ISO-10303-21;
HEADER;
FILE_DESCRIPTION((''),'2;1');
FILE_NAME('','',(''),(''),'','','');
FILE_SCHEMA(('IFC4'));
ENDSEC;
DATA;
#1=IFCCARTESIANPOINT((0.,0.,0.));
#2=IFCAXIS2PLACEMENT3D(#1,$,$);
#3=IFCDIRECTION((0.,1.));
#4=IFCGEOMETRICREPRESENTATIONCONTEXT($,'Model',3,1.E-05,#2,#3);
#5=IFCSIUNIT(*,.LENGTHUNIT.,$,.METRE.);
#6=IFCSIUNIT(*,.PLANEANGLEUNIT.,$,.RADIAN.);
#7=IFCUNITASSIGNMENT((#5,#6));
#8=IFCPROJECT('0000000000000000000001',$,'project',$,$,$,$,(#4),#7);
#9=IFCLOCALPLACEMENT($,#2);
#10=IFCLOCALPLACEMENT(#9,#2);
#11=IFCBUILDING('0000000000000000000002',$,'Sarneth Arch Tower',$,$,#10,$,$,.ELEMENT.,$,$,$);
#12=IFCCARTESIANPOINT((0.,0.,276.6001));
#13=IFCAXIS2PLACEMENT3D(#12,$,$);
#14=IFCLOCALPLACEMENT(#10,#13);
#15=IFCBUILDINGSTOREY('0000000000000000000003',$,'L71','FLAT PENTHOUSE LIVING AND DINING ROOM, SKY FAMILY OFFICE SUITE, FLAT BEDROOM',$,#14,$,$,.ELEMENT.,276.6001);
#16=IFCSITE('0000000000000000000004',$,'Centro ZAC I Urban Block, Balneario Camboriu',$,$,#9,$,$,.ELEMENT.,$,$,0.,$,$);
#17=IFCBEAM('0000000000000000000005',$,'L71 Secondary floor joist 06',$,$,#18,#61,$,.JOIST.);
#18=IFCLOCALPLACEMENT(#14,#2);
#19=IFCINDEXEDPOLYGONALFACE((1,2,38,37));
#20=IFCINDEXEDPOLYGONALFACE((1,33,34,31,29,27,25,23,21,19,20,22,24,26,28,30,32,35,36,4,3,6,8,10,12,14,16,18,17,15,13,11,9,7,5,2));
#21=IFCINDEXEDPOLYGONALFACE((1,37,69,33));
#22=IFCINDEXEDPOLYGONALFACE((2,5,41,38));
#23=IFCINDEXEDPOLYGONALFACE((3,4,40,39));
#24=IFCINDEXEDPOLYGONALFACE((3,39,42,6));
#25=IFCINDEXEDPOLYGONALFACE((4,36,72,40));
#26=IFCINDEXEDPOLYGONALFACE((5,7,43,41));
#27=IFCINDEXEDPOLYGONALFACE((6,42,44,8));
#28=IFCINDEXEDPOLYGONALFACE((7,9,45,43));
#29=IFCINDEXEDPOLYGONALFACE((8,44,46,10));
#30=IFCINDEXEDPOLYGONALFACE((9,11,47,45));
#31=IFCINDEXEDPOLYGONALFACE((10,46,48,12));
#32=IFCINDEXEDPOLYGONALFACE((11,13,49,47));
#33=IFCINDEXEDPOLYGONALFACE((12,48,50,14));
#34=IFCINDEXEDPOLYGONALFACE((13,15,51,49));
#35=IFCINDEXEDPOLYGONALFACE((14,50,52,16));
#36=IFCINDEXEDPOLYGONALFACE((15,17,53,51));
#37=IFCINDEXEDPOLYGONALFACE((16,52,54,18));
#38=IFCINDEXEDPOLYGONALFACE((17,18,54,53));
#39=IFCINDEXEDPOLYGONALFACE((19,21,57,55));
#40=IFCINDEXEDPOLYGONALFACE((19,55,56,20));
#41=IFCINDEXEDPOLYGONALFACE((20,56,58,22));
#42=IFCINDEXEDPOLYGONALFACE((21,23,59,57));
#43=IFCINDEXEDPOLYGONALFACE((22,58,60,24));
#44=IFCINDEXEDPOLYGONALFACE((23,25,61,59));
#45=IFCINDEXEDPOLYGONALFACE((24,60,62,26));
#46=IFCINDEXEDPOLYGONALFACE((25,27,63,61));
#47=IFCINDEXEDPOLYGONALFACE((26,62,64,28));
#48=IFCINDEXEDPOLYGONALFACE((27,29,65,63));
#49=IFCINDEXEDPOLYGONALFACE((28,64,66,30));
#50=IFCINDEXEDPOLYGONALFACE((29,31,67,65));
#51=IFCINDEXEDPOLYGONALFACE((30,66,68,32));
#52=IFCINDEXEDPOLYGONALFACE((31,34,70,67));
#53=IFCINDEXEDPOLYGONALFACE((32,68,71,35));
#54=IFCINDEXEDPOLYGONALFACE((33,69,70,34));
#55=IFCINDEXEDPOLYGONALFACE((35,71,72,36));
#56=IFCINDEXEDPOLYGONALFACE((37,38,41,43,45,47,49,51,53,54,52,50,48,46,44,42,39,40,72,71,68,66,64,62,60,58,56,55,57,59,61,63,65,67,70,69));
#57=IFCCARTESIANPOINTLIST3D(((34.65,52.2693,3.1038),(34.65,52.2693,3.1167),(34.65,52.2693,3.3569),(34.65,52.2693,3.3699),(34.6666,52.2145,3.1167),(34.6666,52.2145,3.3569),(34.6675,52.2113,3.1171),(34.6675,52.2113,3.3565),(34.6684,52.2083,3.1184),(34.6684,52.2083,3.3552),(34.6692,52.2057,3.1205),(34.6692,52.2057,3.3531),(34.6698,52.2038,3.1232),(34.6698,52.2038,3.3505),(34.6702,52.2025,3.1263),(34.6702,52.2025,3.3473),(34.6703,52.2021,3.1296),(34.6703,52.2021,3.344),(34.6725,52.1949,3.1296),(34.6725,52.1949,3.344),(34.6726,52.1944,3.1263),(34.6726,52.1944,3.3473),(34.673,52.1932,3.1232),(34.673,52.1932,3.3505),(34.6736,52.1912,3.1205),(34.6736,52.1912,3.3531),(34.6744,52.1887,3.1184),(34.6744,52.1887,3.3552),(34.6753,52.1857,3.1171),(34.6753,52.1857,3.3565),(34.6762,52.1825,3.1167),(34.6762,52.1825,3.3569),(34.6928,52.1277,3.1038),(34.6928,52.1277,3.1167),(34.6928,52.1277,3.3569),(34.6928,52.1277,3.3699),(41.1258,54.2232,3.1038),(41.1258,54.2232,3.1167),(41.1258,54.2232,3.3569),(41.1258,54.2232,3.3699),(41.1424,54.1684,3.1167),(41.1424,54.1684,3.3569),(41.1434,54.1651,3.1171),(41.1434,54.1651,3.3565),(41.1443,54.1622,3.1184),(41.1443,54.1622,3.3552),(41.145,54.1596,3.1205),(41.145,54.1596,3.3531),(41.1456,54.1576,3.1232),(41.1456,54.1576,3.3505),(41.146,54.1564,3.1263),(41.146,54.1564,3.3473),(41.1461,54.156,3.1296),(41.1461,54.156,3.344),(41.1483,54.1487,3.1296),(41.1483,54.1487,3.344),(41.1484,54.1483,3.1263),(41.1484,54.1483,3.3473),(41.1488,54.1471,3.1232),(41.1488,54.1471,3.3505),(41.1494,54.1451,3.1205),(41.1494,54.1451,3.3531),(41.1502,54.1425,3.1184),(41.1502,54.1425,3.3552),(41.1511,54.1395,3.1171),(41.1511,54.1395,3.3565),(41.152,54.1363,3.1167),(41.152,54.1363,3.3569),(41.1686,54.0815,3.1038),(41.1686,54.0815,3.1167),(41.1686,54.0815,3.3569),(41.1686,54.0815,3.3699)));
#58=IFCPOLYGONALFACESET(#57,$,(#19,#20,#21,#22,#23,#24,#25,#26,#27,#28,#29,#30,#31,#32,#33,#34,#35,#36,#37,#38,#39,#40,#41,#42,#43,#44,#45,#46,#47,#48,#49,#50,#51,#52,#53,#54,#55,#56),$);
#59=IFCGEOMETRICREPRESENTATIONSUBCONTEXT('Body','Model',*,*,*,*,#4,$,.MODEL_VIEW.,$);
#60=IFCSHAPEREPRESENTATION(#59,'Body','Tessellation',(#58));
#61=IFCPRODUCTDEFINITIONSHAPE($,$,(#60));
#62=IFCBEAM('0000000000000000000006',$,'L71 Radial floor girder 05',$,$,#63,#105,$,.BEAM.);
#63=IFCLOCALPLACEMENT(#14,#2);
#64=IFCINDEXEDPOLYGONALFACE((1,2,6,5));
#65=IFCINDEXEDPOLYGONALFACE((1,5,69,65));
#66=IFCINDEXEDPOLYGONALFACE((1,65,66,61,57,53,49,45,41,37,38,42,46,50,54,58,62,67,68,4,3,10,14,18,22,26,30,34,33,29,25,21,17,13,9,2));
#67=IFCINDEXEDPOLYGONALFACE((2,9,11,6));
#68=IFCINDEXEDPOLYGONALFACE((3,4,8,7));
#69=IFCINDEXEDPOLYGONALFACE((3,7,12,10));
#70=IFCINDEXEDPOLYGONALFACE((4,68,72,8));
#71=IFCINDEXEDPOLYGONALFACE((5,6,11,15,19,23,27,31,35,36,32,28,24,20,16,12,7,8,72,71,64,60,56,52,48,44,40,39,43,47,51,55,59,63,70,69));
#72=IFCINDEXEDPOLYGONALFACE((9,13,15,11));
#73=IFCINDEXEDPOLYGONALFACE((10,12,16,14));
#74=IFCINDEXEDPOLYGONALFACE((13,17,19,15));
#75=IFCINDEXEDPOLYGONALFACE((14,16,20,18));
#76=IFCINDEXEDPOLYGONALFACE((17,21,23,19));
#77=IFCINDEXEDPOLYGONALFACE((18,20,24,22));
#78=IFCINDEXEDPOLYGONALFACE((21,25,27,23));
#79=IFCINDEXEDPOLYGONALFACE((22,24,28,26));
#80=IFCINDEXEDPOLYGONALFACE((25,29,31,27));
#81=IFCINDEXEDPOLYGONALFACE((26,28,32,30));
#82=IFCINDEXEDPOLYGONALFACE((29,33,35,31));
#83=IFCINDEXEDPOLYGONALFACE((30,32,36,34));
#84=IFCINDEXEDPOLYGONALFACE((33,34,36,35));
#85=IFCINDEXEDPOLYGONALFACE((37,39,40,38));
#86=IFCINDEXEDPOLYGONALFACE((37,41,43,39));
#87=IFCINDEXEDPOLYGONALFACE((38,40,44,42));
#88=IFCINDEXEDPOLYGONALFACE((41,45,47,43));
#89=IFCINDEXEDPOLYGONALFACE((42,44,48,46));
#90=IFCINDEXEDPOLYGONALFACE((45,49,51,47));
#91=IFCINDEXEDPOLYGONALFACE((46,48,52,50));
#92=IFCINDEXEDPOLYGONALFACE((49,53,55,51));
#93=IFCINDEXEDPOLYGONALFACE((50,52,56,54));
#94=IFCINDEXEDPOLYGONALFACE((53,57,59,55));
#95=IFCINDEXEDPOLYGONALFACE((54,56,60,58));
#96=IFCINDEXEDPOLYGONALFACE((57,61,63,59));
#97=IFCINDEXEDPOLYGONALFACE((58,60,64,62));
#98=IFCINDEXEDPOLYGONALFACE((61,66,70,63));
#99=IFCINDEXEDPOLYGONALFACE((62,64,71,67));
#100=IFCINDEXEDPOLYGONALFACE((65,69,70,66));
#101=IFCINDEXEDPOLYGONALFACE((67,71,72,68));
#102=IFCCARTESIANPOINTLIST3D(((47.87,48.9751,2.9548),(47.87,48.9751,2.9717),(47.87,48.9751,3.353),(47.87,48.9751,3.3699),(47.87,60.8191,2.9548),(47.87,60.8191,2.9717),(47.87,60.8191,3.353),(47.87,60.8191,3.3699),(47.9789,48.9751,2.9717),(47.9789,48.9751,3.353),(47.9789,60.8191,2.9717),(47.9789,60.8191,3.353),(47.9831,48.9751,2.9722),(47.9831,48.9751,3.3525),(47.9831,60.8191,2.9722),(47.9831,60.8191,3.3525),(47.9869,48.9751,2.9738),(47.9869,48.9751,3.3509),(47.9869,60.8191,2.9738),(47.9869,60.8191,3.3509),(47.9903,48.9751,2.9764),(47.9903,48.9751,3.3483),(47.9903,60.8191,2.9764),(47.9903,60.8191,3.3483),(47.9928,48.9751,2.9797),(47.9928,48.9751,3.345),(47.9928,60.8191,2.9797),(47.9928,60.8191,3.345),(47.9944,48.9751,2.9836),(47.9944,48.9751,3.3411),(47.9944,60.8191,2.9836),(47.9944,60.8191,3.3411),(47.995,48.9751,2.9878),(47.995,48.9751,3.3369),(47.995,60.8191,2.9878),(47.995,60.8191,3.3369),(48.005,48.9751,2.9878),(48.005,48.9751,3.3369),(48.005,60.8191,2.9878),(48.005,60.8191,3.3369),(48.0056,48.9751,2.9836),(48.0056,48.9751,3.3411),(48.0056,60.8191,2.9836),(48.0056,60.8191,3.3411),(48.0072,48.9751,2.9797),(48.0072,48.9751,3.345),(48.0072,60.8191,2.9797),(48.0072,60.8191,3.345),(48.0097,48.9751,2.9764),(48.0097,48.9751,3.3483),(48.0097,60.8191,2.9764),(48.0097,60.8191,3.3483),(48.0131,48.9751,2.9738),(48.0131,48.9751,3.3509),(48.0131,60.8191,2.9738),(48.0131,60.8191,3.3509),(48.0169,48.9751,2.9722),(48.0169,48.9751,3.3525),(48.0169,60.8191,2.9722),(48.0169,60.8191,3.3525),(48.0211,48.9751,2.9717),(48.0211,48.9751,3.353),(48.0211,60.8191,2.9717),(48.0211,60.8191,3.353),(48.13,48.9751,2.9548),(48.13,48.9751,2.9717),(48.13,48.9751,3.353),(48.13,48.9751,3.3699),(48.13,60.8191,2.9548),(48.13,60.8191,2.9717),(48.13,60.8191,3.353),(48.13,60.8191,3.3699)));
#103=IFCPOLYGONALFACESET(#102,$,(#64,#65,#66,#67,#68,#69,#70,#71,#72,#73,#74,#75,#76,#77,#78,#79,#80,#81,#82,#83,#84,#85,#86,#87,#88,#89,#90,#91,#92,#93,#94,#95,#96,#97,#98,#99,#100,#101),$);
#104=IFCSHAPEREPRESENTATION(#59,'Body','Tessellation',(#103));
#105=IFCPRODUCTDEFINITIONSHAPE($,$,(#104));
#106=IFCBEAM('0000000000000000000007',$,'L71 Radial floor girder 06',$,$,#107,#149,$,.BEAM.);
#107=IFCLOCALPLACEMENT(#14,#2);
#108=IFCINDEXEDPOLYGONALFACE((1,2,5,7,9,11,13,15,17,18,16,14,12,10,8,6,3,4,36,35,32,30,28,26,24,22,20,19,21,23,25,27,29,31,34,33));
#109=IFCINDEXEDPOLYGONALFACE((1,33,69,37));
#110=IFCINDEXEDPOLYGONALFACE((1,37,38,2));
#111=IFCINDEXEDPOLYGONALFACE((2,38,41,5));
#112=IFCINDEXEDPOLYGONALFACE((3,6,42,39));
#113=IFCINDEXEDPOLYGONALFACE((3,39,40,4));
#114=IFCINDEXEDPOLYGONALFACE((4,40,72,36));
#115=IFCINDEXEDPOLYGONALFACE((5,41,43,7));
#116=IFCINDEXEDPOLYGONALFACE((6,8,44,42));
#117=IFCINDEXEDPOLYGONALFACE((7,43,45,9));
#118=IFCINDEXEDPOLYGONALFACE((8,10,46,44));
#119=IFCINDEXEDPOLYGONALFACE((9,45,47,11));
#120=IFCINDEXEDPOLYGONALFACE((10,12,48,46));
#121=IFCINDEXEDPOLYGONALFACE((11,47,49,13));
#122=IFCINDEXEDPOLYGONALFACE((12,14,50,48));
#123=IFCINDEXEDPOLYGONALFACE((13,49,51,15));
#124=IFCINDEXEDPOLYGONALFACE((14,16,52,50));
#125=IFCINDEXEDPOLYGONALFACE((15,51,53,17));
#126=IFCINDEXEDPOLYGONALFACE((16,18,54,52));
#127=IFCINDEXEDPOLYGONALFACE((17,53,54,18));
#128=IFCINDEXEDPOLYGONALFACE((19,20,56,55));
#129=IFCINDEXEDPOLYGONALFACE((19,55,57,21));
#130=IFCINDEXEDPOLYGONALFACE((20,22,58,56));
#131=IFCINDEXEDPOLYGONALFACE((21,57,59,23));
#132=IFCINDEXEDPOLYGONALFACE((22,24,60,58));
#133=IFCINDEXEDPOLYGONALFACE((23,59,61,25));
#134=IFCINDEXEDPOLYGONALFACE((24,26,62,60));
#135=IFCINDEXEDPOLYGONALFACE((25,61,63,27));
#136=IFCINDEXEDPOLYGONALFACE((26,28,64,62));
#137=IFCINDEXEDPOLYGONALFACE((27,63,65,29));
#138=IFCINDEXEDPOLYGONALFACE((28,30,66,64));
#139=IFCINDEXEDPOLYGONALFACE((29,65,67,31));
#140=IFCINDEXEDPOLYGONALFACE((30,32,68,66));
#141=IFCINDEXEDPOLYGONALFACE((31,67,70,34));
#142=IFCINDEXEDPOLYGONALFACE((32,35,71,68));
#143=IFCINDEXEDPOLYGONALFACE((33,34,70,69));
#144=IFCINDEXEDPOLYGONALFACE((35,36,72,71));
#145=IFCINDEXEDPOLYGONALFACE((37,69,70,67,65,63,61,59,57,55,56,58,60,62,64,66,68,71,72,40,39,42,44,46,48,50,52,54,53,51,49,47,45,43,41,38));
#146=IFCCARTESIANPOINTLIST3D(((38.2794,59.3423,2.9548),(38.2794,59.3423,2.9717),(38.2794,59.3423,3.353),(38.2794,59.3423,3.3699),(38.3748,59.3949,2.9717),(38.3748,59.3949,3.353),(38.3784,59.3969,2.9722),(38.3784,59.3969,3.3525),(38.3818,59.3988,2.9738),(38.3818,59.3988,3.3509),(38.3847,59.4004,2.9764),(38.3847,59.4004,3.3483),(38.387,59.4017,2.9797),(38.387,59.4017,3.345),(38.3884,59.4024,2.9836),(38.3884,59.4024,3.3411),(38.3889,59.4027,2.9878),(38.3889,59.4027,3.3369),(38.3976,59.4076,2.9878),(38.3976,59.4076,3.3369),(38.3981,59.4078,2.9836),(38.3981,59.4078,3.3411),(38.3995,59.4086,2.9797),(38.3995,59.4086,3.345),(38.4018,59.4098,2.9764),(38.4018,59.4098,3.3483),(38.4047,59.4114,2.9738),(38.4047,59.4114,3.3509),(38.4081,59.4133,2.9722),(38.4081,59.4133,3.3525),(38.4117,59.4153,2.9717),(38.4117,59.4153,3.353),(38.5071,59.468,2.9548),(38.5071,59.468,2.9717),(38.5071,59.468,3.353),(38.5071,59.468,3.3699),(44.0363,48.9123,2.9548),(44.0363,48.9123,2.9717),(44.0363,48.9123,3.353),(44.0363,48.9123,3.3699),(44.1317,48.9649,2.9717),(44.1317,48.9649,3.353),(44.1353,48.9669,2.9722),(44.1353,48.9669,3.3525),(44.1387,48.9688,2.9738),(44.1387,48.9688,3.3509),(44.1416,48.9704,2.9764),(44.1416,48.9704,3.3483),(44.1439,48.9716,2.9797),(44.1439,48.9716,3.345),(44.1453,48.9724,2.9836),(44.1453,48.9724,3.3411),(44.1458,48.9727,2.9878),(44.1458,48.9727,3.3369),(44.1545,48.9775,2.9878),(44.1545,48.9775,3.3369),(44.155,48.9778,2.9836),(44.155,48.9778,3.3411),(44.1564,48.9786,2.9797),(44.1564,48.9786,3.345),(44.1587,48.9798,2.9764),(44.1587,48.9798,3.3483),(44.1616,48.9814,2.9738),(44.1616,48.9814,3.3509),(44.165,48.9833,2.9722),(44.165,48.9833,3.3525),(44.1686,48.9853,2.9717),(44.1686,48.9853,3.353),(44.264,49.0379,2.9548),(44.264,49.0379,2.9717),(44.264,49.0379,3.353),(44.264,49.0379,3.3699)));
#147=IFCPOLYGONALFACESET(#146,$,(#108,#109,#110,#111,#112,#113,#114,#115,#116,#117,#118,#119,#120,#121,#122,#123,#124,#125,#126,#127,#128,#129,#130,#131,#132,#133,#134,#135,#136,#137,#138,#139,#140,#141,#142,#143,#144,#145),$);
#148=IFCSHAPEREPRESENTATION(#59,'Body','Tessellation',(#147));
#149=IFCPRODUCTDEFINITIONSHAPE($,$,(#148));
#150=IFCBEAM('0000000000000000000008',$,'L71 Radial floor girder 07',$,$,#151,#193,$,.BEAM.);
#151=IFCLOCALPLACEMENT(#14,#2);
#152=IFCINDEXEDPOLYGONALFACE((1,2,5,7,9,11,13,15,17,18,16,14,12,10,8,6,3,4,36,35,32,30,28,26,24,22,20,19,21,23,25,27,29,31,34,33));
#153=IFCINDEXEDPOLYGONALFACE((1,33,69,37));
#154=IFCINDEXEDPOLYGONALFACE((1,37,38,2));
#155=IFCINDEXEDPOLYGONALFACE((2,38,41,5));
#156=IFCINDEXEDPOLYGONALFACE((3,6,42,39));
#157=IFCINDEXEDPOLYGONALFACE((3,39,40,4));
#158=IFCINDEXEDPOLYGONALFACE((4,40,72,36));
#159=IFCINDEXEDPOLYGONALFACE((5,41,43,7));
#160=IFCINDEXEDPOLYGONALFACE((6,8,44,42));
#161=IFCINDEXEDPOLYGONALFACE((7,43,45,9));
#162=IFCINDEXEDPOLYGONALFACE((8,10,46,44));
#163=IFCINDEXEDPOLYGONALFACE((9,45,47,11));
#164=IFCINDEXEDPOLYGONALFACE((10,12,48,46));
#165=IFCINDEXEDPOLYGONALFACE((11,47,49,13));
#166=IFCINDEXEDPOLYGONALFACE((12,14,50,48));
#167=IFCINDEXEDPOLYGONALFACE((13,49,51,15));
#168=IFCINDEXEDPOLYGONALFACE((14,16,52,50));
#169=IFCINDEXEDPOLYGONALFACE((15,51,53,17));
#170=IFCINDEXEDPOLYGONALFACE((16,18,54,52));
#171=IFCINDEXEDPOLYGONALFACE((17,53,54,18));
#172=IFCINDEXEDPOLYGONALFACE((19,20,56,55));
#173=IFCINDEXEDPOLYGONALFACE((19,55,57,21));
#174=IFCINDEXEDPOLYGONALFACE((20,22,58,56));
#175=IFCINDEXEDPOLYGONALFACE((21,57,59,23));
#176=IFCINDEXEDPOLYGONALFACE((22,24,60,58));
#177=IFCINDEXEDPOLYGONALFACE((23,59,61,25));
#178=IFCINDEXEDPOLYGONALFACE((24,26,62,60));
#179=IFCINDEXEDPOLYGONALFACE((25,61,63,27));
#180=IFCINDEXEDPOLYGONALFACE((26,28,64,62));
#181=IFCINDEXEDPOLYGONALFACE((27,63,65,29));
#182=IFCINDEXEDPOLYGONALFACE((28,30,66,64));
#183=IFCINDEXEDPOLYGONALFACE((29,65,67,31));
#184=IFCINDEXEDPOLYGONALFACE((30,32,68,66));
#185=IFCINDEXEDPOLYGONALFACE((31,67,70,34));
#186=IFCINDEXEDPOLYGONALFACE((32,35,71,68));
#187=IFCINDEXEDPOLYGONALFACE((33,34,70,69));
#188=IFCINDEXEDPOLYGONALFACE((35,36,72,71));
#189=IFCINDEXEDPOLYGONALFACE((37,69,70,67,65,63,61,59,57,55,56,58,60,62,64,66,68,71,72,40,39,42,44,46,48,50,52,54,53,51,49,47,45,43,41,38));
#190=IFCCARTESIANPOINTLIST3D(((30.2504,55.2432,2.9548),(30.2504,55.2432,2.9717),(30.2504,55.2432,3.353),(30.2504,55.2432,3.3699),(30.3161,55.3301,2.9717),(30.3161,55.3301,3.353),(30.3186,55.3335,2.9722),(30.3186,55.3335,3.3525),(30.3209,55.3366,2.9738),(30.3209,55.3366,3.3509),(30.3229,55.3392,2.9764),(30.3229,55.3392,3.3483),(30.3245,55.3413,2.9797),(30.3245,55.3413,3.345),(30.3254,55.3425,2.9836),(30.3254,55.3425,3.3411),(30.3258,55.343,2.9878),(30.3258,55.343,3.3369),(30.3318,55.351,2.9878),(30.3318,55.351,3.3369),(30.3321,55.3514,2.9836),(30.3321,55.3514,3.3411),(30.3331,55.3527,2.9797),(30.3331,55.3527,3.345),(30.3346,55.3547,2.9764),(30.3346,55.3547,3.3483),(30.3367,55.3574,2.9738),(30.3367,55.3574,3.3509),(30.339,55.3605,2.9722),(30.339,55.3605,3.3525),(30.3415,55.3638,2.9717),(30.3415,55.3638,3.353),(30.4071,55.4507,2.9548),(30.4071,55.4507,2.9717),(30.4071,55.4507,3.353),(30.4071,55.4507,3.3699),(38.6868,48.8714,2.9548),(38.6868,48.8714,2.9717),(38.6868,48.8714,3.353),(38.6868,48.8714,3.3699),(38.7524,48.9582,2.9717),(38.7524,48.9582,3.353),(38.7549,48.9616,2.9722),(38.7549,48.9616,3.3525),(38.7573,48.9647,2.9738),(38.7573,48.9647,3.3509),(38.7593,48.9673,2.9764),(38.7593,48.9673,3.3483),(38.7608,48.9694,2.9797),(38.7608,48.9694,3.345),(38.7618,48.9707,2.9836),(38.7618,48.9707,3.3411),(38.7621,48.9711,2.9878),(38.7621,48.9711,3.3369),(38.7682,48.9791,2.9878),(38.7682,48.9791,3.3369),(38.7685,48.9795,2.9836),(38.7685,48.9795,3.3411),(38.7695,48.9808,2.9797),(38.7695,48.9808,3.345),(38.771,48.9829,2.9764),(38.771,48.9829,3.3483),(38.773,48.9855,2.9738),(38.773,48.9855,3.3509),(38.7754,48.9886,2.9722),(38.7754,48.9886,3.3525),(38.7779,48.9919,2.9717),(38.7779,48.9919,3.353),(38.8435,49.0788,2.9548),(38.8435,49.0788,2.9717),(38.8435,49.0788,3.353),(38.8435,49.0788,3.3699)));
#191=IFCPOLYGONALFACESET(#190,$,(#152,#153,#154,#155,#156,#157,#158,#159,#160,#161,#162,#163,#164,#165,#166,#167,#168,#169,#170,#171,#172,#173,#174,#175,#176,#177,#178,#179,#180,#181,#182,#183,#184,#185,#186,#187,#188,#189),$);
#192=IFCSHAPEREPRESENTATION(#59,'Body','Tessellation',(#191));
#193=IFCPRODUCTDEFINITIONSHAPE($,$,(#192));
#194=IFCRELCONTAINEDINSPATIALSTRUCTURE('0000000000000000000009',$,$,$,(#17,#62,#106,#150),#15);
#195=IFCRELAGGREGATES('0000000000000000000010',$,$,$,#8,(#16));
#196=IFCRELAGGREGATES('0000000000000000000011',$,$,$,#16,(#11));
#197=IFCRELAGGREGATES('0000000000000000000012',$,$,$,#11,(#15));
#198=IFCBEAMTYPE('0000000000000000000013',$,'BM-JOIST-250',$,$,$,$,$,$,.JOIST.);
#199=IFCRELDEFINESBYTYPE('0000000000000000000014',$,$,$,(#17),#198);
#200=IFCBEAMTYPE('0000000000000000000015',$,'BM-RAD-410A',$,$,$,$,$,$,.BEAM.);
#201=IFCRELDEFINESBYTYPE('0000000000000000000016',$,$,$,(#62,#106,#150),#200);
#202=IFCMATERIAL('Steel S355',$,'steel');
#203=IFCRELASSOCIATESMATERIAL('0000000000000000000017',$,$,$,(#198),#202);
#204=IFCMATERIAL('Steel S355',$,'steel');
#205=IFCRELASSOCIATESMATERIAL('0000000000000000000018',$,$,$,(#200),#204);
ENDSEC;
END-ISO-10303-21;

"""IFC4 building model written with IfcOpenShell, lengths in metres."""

from ifc_helpers import new_model, si_unit, direction, frame, origin, origin_2d, place, context, subcontext, project, spatial, i_section, extrude, material, material_profile, profile_set, type_object, element, save


model = new_model("IFC4")

# Units and contexts
model_context = context("Model", 3, precision=1e-05, world=origin(), true_north=direction((0.0, 1.0)))
body_context = subcontext(model_context, "Body", "Model", "MODEL_VIEW")
ifc_project = project(units=[si_unit("LENGTHUNIT", "METRE"), si_unit("PLANEANGLEUNIT", "RADIAN")], contexts=[model_context])

# Site, building, storey
site_placement = place(None, origin())
site = spatial("IfcSite", under=ifc_project, at=site_placement, Name="Centro ZAC I Urban Block, Balneario Camboriu", CompositionType="ELEMENT", RefElevation=0.0)
building_placement = place(site_placement, origin())
building = spatial("IfcBuilding", under=site, at=building_placement, Name="Sarneth Arch Tower", CompositionType="ELEMENT")
storey_placement = place(building_placement, frame((0.0, 0.0, 276.6001)))
storey = spatial("IfcBuildingStorey", under=building, at=storey_placement, Name="L71", Description="FLAT PENTHOUSE LIVING AND DINING ROOM, SKY FAMILY OFFICE SUITE, FLAT BEDROOM", CompositionType="ELEMENT", Elevation=276.6001)

# Beams
ifc_material_1 = material(Name="Steel S355", Category="steel")
ifc_material_profile_1 = material_profile(ifc_material_1, i_section(OverallWidth=0.1479, OverallDepth=0.2661, WebThickness=0.0076, FlangeThickness=0.0129, FilletRadius=0.0129, at=origin_2d()), Name="W250x44.8")
ifc_profile_set_1 = profile_set([ifc_material_profile_1], Name="Steel S355")
beam_type_1 = type_object("IfcBeamType", Name="BM-JOIST-250", PredefinedType="JOIST", material=ifc_profile_set_1)
beam_1_placement = place(storey_placement, frame((41.1472, 54.1523, 3.2368), z_axis=(-0.957373, -0.288854, 0.0), x_axis=(0.288854, -0.957373, 0.0)))
element("IfcBeam", 1, at=beam_1_placement, inside=storey, type_object=beam_type_1, Name="L71 Secondary floor joist 06", PredefinedType="JOIST", context=body_context, shape_type="SweptSolid", body=[
    extrude(i_section(OverallWidth=0.1479, OverallDepth=0.2661, WebThickness=0.0076, FlangeThickness=0.0129, FilletRadius=0.0129, at=origin_2d()), origin(), (0.0, 0.0, 1.0), 6.7642),
])
ifc_material_2 = material(Name="Steel S355", Category="steel")
ifc_material_profile_2 = material_profile(ifc_material_2, i_section(OverallWidth=0.26, OverallDepth=0.415, WebThickness=0.01, FlangeThickness=0.0168, FilletRadius=0.0161, at=origin_2d()), Name="W410x100")
ifc_profile_set_2 = profile_set([ifc_material_profile_2], Name="Steel S355")
beam_type_2 = type_object("IfcBeamType", Name="BM-RAD-410A", PredefinedType="BEAM", material=ifc_profile_set_2)
beam_2_placement = place(storey_placement, frame((48.0, 48.9751, 3.1624), z_axis=(0.0, 1.0, 0.0), x_axis=(-1.0, 0.0, 0.0)))
element("IfcBeam", 2, at=beam_2_placement, inside=storey, type_object=beam_type_2, Name="L71 Radial floor girder 05", PredefinedType="BEAM", context=body_context, shape_type="SweptSolid", body=[
    extrude(i_section(OverallWidth=0.26, OverallDepth=0.415, WebThickness=0.01, FlangeThickness=0.0168, FilletRadius=0.0161, at=origin_2d()), origin(), (0.0, 0.0, 1.0), 11.844),
])
beam_3_placement = place(storey_placement, frame((44.1501, 48.9751, 3.1624), z_axis=(-0.483231, 0.875493, 0.0), x_axis=(-0.875493, -0.483231, 0.0)))
element("IfcBeam", 3, at=beam_3_placement, inside=storey, type_object=beam_type_2, Name="L71 Radial floor girder 06", PredefinedType="BEAM", context=body_context, shape_type="SweptSolid", body=[
    extrude(i_section(OverallWidth=0.26, OverallDepth=0.415, WebThickness=0.01, FlangeThickness=0.0168, FilletRadius=0.0161, at=origin_2d()), origin(), (0.0, 0.0, 1.0), 11.9133),
])
beam_4_placement = place(storey_placement, frame((38.7651, 48.9751, 3.1624), z_axis=(-0.79797, 0.602698, 0.0), x_axis=(-0.602698, -0.79797, 0.0)))
element("IfcBeam", 4, at=beam_4_placement, inside=storey, type_object=beam_type_2, Name="L71 Radial floor girder 07", PredefinedType="BEAM", context=body_context, shape_type="SweptSolid", body=[
    extrude(i_section(OverallWidth=0.26, OverallDepth=0.415, WebThickness=0.01, FlangeThickness=0.0168, FilletRadius=0.0161, at=origin_2d()), origin(), (0.0, 0.0, 1.0), 10.5723),
])

save(model, "model.ifc")
